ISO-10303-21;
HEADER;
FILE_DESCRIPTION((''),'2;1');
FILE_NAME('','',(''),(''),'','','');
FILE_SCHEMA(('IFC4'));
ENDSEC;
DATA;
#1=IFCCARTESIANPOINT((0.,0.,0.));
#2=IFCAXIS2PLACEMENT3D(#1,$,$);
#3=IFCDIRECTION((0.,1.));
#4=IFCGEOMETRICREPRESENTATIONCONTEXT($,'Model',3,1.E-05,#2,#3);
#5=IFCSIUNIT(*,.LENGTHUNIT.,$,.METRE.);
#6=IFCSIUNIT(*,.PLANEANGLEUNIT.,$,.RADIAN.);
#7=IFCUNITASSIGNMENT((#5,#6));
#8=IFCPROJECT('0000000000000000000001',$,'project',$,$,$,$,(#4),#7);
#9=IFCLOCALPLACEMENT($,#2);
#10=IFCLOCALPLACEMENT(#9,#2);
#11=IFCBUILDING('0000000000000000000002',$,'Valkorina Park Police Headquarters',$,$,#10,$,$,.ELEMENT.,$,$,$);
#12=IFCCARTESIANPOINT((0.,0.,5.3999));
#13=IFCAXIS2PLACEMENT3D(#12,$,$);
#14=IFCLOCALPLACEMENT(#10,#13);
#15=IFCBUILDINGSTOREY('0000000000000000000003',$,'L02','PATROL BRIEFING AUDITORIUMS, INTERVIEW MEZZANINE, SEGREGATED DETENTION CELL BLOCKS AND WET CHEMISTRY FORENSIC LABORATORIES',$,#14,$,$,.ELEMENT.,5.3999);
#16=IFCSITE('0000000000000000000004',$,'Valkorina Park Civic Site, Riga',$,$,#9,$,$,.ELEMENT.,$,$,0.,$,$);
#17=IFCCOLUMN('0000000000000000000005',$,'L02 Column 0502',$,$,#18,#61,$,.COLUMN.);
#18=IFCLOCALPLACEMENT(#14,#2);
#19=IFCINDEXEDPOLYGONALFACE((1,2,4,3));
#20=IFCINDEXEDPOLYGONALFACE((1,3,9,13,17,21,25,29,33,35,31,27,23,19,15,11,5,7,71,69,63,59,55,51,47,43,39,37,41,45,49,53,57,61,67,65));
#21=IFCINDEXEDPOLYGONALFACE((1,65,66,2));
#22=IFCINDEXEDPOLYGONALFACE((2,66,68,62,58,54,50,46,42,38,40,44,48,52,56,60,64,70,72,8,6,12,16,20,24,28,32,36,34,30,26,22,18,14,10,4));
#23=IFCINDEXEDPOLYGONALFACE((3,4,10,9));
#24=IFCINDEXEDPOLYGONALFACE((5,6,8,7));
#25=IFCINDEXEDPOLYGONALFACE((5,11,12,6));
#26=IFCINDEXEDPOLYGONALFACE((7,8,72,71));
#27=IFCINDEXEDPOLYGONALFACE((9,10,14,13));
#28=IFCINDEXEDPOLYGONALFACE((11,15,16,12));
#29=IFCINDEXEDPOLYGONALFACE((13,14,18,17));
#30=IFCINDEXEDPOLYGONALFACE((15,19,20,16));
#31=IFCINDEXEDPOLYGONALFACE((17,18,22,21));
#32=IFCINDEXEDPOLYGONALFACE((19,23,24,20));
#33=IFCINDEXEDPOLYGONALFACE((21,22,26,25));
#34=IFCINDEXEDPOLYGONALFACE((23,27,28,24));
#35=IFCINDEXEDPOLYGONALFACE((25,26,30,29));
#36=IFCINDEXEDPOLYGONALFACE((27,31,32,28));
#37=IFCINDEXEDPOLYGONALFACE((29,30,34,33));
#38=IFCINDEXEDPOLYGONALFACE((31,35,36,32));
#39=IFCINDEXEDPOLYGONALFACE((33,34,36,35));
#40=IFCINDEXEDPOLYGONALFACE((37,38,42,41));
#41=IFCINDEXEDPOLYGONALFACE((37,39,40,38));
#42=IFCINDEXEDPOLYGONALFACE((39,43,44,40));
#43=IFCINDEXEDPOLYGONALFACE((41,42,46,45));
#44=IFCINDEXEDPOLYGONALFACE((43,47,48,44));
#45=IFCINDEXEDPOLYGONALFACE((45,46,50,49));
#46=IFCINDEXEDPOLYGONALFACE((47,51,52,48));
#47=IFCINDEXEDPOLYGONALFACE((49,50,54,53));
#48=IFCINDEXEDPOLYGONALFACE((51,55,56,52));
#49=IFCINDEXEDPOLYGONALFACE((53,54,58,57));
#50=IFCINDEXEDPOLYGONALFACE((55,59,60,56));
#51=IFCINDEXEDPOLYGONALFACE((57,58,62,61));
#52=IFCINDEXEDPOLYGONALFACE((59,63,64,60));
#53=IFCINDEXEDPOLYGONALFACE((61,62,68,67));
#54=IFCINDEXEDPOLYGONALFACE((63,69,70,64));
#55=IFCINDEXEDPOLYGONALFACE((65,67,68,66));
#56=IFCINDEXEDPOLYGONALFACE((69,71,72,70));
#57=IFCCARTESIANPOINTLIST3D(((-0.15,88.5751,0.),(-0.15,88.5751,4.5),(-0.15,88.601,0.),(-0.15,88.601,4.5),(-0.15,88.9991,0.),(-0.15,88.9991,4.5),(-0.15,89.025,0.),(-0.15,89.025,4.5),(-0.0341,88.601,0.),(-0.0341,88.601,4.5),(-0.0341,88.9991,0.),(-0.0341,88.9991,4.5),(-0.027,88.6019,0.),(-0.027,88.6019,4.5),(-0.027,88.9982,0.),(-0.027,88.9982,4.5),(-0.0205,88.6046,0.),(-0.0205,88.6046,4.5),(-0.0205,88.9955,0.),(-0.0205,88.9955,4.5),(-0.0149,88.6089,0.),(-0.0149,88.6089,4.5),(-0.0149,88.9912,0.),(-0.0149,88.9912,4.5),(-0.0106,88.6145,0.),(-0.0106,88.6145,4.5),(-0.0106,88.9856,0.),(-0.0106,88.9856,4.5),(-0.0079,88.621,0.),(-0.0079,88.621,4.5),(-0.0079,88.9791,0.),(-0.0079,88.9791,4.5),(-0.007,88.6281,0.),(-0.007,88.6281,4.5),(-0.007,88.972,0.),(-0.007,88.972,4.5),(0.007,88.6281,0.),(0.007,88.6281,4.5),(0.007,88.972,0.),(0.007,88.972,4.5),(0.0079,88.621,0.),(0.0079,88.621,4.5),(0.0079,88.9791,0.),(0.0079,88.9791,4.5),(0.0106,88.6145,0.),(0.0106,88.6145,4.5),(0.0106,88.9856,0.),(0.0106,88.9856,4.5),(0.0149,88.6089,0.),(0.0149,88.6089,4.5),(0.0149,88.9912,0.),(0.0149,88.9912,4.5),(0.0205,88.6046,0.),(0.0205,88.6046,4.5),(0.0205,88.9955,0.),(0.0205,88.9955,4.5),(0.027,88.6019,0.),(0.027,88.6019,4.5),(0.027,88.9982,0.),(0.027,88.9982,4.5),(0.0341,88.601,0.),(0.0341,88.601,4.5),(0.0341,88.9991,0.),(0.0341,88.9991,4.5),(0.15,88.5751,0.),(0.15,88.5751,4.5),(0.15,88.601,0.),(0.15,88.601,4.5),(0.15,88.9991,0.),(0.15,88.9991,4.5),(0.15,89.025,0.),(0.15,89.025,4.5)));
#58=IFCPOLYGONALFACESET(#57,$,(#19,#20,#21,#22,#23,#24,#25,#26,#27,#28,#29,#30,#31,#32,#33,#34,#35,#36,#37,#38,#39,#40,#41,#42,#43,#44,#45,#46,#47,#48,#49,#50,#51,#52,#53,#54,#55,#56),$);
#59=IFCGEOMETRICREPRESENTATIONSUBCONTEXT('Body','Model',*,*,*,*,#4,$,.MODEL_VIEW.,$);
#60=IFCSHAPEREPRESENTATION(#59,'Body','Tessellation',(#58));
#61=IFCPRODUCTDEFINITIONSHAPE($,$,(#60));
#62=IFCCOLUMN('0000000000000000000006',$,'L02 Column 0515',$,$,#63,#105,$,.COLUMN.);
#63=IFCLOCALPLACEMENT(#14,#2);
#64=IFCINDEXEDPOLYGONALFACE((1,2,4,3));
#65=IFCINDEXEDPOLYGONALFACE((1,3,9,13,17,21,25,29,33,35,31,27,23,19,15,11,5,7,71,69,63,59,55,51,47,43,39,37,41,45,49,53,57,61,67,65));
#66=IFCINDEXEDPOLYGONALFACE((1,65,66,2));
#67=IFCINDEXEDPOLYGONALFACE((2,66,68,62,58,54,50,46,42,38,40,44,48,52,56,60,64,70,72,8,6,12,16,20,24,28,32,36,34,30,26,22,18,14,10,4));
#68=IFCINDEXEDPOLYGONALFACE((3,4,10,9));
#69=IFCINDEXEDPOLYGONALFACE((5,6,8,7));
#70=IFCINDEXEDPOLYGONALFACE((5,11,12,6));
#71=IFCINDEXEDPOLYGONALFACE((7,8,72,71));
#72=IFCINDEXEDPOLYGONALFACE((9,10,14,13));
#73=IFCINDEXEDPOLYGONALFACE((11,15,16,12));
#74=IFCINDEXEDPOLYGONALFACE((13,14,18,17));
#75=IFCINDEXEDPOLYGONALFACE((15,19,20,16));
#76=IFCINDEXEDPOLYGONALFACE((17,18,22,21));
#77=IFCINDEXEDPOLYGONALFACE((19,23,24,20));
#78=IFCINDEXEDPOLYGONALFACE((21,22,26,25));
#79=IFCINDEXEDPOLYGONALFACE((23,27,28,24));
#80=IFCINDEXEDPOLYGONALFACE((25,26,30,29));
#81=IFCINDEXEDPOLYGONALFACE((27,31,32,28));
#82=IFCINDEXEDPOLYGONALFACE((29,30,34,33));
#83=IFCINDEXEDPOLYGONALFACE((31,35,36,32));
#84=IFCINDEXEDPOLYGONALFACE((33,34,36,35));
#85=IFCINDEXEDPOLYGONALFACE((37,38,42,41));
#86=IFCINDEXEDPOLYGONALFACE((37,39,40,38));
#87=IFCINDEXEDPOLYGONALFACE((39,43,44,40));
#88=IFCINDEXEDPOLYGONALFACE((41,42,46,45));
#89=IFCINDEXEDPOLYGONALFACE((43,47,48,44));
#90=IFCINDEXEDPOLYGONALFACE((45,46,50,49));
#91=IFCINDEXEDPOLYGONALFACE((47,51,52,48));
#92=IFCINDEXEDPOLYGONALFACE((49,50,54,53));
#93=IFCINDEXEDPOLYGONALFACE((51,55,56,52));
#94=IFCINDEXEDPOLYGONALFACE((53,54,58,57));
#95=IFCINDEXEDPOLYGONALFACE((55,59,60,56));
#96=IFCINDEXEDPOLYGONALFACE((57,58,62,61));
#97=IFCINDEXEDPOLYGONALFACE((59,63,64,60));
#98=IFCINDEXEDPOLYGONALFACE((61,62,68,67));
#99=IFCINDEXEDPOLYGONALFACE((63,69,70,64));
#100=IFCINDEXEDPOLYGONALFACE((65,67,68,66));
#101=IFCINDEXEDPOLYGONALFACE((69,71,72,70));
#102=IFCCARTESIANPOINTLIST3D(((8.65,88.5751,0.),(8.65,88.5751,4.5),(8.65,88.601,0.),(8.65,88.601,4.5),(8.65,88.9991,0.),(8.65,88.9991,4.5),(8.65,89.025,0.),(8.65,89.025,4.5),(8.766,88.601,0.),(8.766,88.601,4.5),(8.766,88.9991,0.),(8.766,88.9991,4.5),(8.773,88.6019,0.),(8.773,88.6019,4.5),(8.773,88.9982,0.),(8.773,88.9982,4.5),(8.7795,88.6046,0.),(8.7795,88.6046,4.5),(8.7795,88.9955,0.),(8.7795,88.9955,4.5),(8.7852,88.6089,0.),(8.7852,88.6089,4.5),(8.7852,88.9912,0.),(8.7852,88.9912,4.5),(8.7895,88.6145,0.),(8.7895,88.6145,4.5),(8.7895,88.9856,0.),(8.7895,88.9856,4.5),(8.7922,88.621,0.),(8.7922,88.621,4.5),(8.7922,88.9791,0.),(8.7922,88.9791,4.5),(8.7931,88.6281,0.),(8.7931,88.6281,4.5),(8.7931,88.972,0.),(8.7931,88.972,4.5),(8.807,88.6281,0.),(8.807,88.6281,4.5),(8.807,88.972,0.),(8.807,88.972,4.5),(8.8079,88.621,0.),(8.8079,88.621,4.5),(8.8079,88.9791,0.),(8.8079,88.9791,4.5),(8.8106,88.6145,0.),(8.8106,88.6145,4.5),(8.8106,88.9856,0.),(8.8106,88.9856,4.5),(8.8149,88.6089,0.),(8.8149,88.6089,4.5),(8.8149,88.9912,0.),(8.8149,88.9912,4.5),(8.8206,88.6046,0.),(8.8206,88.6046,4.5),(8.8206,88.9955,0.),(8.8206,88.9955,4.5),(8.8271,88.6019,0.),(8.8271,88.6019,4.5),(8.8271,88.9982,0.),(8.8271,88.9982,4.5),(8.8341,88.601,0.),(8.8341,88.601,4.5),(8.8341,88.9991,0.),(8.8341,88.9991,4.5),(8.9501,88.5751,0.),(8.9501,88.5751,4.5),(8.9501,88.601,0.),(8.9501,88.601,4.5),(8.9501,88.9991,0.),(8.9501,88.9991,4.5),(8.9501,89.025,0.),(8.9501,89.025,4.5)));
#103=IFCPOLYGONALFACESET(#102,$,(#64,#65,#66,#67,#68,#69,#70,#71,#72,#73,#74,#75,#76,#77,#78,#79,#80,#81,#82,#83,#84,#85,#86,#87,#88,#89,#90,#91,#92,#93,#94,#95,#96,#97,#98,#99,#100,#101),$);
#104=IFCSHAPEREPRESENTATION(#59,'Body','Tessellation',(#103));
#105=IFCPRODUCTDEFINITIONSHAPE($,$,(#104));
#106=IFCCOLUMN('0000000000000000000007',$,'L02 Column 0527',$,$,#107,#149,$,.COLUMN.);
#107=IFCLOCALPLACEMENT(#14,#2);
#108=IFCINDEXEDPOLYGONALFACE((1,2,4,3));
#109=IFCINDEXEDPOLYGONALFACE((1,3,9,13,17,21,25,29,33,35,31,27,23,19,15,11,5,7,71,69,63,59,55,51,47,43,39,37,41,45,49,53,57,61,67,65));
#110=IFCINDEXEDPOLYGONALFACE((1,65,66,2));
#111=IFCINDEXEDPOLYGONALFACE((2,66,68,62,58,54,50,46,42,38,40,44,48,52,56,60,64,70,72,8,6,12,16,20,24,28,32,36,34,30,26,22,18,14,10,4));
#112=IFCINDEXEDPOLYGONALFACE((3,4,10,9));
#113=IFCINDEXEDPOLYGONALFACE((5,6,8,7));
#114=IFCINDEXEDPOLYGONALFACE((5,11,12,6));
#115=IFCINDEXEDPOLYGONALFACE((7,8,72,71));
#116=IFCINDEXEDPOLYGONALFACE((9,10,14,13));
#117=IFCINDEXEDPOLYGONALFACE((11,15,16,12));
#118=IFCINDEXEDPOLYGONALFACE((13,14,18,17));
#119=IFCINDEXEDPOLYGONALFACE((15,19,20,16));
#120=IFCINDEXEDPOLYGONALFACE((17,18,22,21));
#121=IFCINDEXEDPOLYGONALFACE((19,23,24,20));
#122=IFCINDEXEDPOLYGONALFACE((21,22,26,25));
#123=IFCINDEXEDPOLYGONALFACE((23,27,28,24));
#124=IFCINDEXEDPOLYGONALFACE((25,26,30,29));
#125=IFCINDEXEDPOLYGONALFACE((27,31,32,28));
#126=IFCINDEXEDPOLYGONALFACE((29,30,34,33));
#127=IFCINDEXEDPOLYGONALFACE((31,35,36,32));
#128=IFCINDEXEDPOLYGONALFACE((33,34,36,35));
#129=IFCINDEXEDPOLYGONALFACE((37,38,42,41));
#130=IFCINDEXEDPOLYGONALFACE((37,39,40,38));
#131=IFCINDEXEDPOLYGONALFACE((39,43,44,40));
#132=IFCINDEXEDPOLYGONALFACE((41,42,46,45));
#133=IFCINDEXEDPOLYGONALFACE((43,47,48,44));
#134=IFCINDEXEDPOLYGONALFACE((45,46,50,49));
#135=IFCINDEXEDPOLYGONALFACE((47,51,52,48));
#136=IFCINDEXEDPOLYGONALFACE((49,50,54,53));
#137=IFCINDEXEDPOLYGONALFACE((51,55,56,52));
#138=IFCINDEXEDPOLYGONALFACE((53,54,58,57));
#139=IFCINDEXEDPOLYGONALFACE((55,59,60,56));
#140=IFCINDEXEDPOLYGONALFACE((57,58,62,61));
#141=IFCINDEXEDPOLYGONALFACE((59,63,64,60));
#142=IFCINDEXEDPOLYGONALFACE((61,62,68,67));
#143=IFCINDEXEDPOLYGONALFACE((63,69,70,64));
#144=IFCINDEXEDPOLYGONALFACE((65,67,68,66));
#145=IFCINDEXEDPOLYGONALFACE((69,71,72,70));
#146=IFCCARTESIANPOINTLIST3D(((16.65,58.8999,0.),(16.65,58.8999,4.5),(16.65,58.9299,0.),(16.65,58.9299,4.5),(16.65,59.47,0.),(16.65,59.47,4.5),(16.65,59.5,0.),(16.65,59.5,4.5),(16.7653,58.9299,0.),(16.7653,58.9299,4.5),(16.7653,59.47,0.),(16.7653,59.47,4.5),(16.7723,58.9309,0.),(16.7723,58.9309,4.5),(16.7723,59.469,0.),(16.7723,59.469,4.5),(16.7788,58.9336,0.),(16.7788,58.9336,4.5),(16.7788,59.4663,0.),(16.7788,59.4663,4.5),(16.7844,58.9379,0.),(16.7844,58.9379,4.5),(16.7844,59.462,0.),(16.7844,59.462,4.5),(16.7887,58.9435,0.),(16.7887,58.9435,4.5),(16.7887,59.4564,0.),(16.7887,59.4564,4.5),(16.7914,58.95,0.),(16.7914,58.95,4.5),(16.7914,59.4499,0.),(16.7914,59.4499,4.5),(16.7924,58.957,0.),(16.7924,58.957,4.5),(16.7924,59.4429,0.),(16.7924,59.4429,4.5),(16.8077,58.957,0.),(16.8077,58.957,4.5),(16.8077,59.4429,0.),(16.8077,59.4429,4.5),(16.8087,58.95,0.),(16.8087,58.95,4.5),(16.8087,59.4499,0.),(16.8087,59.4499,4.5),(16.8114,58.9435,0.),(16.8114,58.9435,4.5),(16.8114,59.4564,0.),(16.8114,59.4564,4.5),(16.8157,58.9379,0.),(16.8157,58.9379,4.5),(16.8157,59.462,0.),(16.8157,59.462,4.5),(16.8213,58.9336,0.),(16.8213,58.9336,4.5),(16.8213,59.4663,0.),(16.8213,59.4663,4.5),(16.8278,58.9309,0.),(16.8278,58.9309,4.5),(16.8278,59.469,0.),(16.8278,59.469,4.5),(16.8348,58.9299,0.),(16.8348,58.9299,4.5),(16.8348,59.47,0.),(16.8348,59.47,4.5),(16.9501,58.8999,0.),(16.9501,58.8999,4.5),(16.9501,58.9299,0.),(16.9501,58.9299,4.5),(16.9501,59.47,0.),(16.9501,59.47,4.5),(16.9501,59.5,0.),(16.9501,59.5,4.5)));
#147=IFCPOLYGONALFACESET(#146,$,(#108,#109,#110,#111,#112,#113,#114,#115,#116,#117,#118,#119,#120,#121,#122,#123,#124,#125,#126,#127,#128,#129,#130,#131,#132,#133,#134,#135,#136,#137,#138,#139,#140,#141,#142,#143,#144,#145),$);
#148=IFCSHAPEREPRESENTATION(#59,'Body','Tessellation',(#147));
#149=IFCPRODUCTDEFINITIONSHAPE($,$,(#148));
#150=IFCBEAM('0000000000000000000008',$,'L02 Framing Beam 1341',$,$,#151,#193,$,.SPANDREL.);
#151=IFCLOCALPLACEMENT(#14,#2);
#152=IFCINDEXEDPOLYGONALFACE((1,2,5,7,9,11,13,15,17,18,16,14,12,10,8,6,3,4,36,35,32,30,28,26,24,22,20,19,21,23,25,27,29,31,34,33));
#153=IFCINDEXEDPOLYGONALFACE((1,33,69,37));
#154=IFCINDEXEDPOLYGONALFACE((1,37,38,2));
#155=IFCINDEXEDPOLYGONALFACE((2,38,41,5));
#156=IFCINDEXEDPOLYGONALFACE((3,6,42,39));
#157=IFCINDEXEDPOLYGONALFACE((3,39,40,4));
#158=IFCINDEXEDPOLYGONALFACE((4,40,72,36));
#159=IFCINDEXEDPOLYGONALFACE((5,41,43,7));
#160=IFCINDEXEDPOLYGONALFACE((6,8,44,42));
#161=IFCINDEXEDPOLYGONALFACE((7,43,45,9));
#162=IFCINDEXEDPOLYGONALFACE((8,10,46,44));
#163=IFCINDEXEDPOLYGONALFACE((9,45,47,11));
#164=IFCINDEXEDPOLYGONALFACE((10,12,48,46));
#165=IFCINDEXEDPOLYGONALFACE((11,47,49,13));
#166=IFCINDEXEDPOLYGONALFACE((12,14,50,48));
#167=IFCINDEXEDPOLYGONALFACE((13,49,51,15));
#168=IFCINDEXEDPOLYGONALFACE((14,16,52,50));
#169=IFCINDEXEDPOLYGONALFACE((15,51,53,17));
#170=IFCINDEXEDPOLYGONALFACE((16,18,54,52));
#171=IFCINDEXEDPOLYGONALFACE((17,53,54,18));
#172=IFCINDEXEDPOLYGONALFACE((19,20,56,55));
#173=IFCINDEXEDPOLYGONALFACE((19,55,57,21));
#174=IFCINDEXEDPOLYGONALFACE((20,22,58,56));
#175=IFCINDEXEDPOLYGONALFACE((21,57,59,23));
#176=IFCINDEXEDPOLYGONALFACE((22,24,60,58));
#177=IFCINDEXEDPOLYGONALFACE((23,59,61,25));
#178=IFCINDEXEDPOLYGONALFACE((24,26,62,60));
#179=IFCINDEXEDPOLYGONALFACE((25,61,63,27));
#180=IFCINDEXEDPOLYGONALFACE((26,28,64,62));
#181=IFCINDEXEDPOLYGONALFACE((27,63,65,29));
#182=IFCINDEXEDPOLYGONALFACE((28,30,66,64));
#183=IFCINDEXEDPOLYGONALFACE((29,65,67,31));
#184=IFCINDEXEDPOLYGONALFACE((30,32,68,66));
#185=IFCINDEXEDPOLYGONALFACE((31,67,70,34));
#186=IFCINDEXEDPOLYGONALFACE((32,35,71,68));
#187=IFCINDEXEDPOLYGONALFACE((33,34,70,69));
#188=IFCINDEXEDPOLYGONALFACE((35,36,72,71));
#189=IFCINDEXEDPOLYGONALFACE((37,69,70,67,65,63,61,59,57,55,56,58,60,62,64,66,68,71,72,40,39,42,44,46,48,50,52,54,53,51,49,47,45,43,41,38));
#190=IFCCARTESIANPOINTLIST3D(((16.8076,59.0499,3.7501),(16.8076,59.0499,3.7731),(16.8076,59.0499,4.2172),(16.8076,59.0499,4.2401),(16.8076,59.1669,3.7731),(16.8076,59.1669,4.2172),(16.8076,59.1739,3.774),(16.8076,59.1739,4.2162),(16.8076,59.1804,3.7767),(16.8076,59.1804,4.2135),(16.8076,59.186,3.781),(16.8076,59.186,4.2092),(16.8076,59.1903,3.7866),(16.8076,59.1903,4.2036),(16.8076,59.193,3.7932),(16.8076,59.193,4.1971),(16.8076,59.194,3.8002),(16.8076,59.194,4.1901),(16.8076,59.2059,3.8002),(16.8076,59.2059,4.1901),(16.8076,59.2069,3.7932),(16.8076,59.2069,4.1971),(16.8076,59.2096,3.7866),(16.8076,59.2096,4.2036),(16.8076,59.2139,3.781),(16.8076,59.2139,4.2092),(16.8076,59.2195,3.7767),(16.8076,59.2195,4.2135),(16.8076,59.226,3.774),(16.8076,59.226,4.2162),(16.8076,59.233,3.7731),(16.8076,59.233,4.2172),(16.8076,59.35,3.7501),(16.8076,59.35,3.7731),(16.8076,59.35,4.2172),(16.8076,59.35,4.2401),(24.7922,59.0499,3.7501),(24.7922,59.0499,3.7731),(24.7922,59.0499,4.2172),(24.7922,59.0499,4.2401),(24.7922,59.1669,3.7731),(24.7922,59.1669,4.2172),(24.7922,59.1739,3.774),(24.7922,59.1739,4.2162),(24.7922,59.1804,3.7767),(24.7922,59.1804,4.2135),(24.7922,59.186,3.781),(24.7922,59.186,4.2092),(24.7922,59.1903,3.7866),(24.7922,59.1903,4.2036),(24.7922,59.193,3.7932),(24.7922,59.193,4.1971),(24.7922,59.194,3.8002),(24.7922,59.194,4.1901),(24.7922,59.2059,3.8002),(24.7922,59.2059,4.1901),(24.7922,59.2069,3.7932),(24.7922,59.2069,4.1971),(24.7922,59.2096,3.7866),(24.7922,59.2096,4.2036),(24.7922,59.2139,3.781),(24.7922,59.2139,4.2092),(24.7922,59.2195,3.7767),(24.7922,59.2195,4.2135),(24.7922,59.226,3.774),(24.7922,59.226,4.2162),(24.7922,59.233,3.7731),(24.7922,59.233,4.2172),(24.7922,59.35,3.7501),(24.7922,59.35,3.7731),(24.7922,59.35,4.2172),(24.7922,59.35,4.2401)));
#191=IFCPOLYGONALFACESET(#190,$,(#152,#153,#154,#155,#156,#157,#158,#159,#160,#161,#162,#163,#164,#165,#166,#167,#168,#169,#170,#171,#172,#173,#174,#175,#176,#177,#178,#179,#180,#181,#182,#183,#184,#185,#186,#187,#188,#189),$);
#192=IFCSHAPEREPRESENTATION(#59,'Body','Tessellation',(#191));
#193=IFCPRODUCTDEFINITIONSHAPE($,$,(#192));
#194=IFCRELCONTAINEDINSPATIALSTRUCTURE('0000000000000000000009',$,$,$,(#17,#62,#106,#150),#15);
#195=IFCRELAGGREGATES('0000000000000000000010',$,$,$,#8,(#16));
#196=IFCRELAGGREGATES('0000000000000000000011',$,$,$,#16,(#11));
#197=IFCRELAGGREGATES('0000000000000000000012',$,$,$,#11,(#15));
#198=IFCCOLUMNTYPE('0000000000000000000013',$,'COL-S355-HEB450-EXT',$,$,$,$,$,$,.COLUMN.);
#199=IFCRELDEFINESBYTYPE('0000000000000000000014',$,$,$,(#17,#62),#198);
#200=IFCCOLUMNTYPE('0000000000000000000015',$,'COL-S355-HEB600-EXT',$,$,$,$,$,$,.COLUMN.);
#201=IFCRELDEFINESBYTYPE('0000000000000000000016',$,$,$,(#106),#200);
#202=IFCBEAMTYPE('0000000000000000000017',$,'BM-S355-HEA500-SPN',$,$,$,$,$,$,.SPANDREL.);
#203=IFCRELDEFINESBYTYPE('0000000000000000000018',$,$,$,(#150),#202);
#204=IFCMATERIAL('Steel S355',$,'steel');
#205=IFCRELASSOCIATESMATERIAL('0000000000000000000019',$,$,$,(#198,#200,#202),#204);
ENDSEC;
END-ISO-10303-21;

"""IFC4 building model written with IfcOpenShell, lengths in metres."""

from ifc_helpers import new_model, si_unit, direction, frame, origin, origin_2d, place, context, subcontext, project, spatial, i_section, extrude, material, material_profile, profile_set, type_object, element, save


model = new_model("IFC4")

# Units and contexts
model_context = context("Model", 3, precision=1e-05, world=origin(), true_north=direction((0.0, 1.0)))
body_context = subcontext(model_context, "Body", "Model", "MODEL_VIEW")
ifc_project = project(units=[si_unit("LENGTHUNIT", "METRE"), si_unit("PLANEANGLEUNIT", "RADIAN")], contexts=[model_context])

# Site, building, storey
site_placement = place(None, origin())
site = spatial("IfcSite", under=ifc_project, at=site_placement, Name="Valkorina Park Civic Site, Riga", CompositionType="ELEMENT", RefElevation=0.0)
building_placement = place(site_placement, origin())
building = spatial("IfcBuilding", under=site, at=building_placement, Name="Valkorina Park Police Headquarters", CompositionType="ELEMENT")
storey_placement = place(building_placement, frame((0.0, 0.0, 5.3999)))
storey = spatial("IfcBuildingStorey", under=building, at=storey_placement, Name="L02", Description="PATROL BRIEFING AUDITORIUMS, INTERVIEW MEZZANINE, SEGREGATED DETENTION CELL BLOCKS AND WET CHEMISTRY FORENSIC LABORATORIES", CompositionType="ELEMENT", Elevation=5.3999)

# Columns
ifc_material_1 = material(Name="Steel S355", Category="steel")
ifc_material_profile_1 = material_profile(ifc_material_1, i_section(OverallWidth=0.3, OverallDepth=0.45, WebThickness=0.0139, FlangeThickness=0.0259, FilletRadius=0.0271, at=origin_2d()), Name="HEB 450")
ifc_profile_set_1 = profile_set([ifc_material_profile_1], Name="Steel S355")
column_type_1 = type_object("IfcColumnType", Name="COL-S355-HEB450-EXT", PredefinedType="COLUMN", material=ifc_profile_set_1)
for number, where, z_axis, x_axis, name in (
    (1, (0.0, 88.8, 0.0), (0.0, 0.0, 1.0), (1.0, 0.0, 0.0), "L02 Column 0502"),
    (2, (8.8, 88.8, 0.0), (0.0, 0.0, 1.0), (1.0, 0.0, 0.0), "L02 Column 0515"),
):
    element("IfcColumn", number, at=place(storey_placement, frame(where, z_axis=z_axis, x_axis=x_axis)), inside=storey, type_object=column_type_1, Name=name, PredefinedType="COLUMN", context=body_context, shape_type="SweptSolid", body=[
        extrude(i_section(OverallWidth=0.3, OverallDepth=0.45, WebThickness=0.0139, FlangeThickness=0.0259, FilletRadius=0.0271, at=origin_2d()), origin(), (0.0, 0.0, 1.0), 4.5),
    ])
ifc_material_profile_2 = material_profile(ifc_material_1, i_section(OverallWidth=0.3, OverallDepth=0.6001, WebThickness=0.0154, FlangeThickness=0.03, FilletRadius=0.0271, at=origin_2d()), Name="HEB 600")
ifc_profile_set_2 = profile_set([ifc_material_profile_2], Name="Steel S355")
column_type_2 = type_object("IfcColumnType", Name="COL-S355-HEB600-EXT", PredefinedType="COLUMN", material=ifc_profile_set_2)
column_placement = place(storey_placement, frame((16.8, 59.2, 0.0), z_axis=(0.0, 0.0, 1.0), x_axis=(1.0, 0.0, 0.0)))
element("IfcColumn", 3, at=column_placement, inside=storey, type_object=column_type_2, Name="L02 Column 0527", PredefinedType="COLUMN", context=body_context, shape_type="SweptSolid", body=[
    extrude(i_section(OverallWidth=0.3, OverallDepth=0.6001, WebThickness=0.0154, FlangeThickness=0.03, FilletRadius=0.0271, at=origin_2d()), origin(), (0.0, 0.0, 1.0), 4.5),
])

# Beam
ifc_material_profile_3 = material_profile(ifc_material_1, i_section(OverallWidth=0.3, OverallDepth=0.49, WebThickness=0.012, FlangeThickness=0.0229, FilletRadius=0.0271, at=origin_2d()), Name="HEA 500")
ifc_profile_set_3 = profile_set([ifc_material_profile_3], Name="Steel S355")
beam_type = type_object("IfcBeamType", Name="BM-S355-HEA500-SPN", PredefinedType="SPANDREL", material=ifc_profile_set_3)
beam_1_placement = place(storey_placement, frame((16.8076, 59.2, 3.9951), z_axis=(1.0, 0.0, 0.0), x_axis=(0.0, 1.0, 0.0)))
element("IfcBeam", 4, at=beam_1_placement, inside=storey, type_object=beam_type, Name="L02 Framing Beam 1341", PredefinedType="SPANDREL", context=body_context, shape_type="SweptSolid", body=[
    extrude(i_section(OverallWidth=0.3, OverallDepth=0.49, WebThickness=0.012, FlangeThickness=0.0229, FilletRadius=0.0271, at=origin_2d()), origin(), (0.0, 0.0, 1.0), 7.9846),
])

save(model, "model.ifc")
